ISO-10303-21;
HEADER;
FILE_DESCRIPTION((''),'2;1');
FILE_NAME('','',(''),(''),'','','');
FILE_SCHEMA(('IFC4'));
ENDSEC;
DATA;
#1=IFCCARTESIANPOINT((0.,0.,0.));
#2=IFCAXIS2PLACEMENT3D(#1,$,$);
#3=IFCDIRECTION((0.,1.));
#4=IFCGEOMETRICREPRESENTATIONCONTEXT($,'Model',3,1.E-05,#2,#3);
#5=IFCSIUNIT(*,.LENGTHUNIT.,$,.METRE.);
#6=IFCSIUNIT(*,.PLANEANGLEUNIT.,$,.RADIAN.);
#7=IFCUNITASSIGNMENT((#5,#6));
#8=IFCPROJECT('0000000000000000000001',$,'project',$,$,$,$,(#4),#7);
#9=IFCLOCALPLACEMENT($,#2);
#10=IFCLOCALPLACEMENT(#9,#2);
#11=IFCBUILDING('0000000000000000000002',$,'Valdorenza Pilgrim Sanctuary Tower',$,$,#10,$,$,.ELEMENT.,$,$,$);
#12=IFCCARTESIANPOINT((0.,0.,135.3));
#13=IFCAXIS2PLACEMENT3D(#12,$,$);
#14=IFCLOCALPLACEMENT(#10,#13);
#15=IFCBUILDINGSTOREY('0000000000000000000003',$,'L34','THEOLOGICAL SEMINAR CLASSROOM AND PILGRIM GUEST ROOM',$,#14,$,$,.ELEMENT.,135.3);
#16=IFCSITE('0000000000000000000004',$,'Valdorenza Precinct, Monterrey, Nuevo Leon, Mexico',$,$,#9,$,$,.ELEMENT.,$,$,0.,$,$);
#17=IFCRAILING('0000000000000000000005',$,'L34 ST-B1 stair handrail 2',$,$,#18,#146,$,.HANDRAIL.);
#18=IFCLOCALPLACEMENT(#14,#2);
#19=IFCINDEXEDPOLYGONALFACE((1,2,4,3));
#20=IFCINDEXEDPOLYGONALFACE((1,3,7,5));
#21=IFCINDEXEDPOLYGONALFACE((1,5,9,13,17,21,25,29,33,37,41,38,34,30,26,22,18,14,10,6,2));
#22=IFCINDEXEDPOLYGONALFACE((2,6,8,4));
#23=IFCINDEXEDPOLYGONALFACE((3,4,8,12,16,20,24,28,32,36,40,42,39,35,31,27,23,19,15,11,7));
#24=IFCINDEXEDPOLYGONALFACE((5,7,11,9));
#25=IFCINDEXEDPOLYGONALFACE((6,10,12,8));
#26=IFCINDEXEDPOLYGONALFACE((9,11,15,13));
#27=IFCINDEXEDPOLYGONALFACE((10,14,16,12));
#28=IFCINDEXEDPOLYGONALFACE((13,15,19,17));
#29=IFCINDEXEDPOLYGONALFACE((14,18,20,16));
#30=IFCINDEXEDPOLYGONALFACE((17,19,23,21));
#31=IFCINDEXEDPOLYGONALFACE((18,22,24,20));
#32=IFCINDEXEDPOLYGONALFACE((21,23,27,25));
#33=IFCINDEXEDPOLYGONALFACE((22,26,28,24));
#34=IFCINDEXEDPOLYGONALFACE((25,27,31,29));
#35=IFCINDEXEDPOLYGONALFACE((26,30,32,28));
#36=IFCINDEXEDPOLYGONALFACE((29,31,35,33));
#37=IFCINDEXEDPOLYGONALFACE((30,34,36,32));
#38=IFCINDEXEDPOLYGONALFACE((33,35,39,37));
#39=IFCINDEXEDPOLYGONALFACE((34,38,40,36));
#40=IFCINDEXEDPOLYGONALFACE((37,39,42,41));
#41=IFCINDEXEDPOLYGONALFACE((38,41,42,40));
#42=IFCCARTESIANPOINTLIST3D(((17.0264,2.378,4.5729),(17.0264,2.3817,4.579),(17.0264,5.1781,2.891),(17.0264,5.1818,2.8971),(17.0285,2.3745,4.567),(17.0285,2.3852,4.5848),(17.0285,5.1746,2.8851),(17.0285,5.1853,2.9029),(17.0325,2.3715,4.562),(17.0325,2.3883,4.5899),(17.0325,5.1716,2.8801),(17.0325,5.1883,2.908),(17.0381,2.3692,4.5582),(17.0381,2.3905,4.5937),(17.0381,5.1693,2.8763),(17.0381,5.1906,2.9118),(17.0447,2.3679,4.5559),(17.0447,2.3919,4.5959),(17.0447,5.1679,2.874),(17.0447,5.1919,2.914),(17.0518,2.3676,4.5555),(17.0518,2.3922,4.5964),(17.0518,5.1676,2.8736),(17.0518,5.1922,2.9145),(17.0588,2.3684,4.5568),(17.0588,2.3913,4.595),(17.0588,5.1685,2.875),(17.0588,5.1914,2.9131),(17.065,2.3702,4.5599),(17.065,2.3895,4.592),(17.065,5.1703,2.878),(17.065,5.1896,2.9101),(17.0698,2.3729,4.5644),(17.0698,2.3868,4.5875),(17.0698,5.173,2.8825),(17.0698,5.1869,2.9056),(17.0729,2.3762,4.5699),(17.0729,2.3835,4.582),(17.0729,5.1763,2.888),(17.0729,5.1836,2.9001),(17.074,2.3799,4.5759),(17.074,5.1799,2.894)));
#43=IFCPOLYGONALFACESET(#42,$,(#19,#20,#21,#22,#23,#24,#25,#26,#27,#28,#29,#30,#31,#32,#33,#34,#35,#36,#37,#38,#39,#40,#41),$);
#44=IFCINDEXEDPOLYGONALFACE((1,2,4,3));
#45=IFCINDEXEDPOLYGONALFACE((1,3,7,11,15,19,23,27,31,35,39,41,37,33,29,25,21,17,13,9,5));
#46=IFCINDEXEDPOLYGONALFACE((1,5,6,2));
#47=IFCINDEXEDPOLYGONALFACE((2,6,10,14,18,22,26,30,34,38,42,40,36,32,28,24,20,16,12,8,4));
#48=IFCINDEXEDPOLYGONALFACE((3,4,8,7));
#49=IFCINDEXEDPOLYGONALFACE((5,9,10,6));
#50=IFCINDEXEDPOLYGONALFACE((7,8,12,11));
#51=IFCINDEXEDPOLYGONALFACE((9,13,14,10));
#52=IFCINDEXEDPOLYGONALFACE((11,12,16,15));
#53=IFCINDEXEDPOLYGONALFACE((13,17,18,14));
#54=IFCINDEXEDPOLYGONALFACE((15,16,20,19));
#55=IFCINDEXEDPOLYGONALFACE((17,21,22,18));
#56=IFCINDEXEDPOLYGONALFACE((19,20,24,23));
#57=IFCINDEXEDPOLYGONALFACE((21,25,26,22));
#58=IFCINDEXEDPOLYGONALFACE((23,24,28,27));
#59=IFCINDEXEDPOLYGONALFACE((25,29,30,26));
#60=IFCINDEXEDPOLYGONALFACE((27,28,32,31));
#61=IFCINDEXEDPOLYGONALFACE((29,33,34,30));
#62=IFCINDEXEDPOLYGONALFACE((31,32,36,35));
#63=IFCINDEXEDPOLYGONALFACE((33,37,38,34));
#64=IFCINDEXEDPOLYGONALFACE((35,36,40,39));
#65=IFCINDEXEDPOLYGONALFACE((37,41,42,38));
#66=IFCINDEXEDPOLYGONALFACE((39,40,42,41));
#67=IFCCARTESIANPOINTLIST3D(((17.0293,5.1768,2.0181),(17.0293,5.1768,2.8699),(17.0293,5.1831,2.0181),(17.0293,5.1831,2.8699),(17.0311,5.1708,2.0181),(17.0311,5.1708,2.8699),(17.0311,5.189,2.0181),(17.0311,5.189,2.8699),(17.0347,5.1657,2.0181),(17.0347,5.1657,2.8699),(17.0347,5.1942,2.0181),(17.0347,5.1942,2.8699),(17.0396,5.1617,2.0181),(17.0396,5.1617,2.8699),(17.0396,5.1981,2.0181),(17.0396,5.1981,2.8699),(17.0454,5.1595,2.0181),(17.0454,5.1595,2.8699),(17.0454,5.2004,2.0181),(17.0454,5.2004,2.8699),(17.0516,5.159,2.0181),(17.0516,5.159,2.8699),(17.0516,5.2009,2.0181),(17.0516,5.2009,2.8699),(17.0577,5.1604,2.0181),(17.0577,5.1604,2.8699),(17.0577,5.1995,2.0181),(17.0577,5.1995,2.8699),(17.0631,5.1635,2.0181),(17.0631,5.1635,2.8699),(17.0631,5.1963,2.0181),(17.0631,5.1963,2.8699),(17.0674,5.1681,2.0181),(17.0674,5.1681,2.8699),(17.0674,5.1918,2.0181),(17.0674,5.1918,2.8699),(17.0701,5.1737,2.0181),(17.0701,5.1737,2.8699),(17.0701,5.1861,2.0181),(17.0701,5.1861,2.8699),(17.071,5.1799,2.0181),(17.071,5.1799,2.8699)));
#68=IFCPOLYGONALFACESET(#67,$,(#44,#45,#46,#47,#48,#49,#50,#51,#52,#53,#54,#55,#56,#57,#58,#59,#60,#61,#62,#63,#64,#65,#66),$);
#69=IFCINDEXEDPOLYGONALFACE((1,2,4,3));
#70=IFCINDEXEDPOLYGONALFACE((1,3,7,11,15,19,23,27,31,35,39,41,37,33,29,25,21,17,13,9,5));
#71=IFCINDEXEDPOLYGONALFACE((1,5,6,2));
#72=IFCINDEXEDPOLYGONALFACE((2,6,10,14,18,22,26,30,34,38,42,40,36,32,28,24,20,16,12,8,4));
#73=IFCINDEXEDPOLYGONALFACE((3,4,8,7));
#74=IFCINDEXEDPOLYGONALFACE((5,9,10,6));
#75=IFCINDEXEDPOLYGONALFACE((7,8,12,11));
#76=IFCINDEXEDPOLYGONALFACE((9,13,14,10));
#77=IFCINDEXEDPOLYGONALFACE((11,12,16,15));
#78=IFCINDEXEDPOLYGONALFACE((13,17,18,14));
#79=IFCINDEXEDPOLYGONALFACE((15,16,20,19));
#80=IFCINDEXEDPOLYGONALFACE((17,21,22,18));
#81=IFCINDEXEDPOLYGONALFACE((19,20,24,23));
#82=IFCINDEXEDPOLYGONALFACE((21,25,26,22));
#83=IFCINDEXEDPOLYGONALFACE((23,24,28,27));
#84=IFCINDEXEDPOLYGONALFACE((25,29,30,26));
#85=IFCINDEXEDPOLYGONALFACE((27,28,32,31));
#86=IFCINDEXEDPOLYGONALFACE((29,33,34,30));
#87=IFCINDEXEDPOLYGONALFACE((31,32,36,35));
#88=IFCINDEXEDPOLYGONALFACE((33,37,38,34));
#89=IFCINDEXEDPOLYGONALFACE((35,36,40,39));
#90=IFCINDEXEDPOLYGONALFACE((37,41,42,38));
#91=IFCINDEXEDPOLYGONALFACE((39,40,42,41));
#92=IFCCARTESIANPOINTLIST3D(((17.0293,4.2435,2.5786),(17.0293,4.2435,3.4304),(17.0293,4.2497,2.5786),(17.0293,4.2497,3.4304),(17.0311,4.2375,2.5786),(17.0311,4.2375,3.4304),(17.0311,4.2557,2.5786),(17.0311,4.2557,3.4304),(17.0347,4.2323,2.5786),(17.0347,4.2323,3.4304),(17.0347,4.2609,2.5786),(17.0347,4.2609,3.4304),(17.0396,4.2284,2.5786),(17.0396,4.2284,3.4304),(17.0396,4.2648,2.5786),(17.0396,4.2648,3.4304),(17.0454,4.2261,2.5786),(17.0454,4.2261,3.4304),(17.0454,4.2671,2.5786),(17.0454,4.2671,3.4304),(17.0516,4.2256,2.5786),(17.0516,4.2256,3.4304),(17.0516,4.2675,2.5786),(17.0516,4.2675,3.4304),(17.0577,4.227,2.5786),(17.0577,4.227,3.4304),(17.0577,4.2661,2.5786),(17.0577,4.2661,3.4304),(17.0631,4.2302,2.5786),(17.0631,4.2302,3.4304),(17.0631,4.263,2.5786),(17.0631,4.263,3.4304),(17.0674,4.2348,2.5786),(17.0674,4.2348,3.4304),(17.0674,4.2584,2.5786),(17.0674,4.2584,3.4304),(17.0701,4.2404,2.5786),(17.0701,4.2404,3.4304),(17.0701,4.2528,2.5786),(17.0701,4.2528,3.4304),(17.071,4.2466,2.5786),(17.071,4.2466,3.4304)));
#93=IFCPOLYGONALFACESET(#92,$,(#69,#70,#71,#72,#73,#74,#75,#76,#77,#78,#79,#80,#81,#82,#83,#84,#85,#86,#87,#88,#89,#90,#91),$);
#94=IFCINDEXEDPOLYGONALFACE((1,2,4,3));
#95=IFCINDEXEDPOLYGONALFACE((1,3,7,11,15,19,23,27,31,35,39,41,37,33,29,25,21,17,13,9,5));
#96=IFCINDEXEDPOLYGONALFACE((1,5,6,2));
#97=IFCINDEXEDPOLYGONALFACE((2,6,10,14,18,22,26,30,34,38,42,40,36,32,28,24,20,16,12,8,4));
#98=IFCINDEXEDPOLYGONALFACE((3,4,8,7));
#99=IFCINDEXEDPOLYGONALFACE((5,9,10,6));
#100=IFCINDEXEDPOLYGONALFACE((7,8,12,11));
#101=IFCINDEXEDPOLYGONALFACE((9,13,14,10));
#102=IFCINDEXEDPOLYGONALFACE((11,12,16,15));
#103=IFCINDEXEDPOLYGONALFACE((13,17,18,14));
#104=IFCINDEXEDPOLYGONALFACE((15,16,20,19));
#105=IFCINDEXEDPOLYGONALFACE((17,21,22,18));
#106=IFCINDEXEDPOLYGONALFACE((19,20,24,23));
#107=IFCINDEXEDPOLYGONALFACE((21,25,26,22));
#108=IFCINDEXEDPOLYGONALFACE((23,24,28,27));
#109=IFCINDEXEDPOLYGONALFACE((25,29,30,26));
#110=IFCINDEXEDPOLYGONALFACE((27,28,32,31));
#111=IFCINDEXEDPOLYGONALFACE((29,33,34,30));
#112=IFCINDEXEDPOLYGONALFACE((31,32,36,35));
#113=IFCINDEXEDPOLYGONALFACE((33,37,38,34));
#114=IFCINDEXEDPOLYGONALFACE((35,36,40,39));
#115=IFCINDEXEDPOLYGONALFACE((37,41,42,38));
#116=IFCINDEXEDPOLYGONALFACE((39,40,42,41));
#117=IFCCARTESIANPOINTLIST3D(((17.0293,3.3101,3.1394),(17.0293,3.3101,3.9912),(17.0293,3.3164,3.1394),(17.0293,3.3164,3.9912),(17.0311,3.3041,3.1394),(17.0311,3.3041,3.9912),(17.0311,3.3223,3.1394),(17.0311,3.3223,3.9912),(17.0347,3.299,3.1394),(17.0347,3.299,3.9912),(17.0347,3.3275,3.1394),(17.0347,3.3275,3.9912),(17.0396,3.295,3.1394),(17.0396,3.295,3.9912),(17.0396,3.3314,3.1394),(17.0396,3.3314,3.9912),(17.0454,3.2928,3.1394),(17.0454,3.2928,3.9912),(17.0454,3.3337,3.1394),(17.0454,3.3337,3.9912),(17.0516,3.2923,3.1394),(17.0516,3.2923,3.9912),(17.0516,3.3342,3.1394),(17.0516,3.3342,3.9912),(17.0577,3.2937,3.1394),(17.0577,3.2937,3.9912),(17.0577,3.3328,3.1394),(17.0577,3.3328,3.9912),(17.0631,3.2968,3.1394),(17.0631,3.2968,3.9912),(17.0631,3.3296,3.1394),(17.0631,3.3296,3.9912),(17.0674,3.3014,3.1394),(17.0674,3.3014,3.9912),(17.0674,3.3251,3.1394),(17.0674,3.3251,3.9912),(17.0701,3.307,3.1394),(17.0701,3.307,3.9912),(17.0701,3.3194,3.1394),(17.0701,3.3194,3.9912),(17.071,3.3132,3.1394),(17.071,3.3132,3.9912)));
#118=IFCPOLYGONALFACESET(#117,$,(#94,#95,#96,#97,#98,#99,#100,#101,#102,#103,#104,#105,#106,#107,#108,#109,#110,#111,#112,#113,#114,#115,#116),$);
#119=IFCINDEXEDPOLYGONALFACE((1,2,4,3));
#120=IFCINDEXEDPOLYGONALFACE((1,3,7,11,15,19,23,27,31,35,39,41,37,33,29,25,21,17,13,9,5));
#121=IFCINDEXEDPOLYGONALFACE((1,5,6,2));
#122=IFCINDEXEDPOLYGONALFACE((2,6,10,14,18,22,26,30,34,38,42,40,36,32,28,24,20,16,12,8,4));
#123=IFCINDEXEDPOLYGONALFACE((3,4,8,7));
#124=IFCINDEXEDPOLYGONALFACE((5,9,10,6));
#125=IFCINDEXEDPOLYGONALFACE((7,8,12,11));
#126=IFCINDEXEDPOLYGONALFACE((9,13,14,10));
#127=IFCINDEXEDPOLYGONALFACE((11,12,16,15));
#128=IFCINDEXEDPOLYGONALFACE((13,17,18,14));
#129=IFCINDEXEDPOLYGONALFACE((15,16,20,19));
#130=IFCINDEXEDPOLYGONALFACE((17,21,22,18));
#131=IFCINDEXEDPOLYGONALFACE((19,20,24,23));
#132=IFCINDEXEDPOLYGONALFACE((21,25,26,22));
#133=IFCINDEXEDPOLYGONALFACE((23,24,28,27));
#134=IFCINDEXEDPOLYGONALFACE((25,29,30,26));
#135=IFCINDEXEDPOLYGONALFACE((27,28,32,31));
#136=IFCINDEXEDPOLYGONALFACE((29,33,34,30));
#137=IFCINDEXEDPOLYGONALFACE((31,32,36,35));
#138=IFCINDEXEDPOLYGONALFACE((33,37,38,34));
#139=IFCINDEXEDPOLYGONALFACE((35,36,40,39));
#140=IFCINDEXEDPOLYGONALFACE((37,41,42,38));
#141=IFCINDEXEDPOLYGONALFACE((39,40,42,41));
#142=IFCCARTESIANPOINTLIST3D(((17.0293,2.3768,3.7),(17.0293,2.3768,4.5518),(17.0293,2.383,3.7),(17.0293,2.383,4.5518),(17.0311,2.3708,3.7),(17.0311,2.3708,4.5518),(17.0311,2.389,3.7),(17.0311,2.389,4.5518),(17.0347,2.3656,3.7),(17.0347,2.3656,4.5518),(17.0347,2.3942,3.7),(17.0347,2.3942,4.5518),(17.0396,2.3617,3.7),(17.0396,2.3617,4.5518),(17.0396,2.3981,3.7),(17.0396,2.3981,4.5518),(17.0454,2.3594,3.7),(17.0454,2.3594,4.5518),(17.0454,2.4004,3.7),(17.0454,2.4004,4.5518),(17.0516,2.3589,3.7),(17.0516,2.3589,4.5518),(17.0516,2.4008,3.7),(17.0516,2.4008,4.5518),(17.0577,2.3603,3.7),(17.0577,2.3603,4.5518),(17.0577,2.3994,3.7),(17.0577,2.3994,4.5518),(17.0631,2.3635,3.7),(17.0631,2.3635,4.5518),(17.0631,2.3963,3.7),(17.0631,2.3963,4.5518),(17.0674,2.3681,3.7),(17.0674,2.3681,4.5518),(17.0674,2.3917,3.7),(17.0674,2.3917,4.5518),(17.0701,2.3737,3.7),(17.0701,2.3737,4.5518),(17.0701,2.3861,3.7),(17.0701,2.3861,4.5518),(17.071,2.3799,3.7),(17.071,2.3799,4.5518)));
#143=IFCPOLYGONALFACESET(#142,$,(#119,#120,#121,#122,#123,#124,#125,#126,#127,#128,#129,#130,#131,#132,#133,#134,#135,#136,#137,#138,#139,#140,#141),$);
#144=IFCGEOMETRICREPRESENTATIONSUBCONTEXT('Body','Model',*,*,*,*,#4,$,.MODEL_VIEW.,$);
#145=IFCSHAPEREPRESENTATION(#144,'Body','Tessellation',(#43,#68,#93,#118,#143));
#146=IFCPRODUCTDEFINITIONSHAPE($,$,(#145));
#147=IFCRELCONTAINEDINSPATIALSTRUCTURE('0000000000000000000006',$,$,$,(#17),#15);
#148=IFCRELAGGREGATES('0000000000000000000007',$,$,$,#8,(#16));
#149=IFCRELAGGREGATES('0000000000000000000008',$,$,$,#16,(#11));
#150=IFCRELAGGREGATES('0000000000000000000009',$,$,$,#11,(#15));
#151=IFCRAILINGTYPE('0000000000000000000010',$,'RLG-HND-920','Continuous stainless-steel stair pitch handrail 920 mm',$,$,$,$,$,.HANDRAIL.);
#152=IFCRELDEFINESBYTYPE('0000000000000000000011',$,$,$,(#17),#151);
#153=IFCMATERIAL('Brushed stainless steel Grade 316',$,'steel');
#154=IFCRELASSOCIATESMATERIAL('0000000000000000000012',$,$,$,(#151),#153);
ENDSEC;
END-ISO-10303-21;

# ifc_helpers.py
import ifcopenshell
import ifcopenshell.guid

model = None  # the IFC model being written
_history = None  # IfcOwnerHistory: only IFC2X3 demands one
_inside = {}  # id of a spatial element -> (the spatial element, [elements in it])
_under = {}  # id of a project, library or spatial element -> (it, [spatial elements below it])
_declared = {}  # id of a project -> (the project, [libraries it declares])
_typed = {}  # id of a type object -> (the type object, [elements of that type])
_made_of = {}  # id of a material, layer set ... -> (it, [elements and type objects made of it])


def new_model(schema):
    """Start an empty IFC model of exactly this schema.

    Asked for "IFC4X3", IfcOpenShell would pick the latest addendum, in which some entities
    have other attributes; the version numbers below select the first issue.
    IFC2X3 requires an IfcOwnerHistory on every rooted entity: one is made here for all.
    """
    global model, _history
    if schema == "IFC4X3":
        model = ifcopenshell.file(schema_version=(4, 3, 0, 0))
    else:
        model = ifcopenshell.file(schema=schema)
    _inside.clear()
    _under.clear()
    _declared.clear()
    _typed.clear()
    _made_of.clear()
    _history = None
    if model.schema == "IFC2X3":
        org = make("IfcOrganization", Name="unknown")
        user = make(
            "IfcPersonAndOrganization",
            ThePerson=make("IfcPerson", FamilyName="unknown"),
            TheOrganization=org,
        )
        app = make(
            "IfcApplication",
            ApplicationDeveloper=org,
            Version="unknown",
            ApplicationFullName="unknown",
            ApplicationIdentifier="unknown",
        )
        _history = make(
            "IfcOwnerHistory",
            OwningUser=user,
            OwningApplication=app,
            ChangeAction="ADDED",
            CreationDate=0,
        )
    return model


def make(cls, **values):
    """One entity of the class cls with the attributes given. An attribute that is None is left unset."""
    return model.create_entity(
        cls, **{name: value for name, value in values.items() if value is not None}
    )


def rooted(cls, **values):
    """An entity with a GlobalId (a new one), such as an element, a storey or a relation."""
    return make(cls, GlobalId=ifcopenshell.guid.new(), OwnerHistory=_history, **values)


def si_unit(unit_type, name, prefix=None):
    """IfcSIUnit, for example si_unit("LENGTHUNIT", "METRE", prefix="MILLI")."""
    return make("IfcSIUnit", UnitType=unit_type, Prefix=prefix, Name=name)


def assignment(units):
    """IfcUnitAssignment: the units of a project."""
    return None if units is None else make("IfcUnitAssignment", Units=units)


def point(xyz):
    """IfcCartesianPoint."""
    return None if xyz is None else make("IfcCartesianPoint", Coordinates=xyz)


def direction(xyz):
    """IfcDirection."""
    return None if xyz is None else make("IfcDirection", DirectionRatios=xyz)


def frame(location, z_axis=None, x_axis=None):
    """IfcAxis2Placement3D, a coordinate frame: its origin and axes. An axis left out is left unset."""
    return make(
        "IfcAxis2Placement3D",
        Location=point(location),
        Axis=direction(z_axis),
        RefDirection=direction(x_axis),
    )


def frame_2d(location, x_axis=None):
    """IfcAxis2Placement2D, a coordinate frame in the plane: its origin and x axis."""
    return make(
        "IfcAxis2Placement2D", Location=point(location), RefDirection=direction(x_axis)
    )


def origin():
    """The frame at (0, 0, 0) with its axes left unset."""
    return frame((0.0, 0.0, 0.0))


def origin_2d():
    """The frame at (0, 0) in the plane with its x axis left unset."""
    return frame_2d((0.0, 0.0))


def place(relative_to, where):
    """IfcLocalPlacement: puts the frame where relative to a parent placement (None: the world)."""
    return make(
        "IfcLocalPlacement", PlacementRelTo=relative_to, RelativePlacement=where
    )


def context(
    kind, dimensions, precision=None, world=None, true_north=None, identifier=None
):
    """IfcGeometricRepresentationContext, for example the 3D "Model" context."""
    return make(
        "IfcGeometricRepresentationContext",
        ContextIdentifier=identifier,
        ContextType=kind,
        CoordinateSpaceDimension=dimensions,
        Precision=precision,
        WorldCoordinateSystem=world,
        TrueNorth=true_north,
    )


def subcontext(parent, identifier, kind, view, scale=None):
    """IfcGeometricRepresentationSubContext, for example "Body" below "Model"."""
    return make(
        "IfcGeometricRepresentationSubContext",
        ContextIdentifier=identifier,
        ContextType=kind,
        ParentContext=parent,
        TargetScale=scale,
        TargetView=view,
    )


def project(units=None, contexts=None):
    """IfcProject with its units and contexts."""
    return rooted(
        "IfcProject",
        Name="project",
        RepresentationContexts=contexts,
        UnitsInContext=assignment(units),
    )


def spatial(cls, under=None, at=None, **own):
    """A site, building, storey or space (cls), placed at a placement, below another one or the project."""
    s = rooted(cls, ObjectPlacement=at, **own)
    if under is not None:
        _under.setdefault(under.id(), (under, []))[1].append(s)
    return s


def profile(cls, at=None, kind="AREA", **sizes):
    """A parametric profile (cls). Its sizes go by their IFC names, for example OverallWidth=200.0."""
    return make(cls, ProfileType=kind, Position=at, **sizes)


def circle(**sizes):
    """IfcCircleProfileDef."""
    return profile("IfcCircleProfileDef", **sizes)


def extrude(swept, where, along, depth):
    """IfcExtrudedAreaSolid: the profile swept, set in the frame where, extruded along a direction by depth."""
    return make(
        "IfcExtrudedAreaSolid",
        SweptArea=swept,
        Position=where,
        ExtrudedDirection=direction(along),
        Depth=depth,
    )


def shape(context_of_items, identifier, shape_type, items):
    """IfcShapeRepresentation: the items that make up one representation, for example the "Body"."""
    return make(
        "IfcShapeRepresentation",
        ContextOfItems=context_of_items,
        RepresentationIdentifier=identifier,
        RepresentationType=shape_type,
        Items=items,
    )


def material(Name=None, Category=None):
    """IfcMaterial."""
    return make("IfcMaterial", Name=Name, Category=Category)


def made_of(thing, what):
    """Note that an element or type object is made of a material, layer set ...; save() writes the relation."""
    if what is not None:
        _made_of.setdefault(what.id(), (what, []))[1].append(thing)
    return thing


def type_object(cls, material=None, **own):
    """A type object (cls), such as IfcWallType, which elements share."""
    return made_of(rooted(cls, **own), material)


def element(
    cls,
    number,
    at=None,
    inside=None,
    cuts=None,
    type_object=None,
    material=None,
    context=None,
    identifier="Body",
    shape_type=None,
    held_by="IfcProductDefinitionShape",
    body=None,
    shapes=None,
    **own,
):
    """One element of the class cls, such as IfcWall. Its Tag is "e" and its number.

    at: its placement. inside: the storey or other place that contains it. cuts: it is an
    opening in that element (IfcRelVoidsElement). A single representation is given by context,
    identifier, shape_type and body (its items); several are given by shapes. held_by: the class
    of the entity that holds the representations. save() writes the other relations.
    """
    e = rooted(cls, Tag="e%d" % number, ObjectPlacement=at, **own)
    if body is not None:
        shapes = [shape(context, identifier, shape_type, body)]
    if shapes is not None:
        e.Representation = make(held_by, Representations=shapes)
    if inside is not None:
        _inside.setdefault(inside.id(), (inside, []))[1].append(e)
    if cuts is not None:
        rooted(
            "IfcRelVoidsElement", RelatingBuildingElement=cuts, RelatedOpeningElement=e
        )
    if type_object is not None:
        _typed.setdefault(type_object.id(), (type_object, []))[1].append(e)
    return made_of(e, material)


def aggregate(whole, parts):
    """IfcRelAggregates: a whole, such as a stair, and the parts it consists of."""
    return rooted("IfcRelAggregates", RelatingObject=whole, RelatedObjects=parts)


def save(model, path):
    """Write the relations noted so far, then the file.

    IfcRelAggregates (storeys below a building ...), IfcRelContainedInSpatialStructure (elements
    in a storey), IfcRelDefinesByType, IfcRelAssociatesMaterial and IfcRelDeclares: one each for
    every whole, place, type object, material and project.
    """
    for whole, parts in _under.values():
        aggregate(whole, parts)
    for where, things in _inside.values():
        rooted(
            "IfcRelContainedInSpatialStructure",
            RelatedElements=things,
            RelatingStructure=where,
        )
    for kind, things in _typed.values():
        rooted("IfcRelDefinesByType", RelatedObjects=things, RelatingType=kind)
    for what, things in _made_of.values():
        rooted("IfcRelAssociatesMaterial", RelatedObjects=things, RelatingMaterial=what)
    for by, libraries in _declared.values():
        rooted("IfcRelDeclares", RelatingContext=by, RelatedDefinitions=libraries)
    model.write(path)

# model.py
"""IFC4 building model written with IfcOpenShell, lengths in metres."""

from ifc_helpers import new_model, si_unit, direction, frame, origin, origin_2d, place, context, subcontext, project, spatial, circle, extrude, material, type_object, element, save


model = new_model("IFC4")

# Units and contexts
model_context = context("Model", 3, precision=1e-05, world=origin(), true_north=direction((0.0, 1.0)))
body_context = subcontext(model_context, "Body", "Model", "MODEL_VIEW")
ifc_project = project(units=[si_unit("LENGTHUNIT", "METRE"), si_unit("PLANEANGLEUNIT", "RADIAN")], contexts=[model_context])

# Site, building, storey
site_placement = place(None, origin())
site = spatial("IfcSite", under=ifc_project, at=site_placement, Name="Valdorenza Precinct, Monterrey, Nuevo Leon, Mexico", CompositionType="ELEMENT", RefElevation=0.0)
building_placement = place(site_placement, origin())
building = spatial("IfcBuilding", under=site, at=building_placement, Name="Valdorenza Pilgrim Sanctuary Tower", CompositionType="ELEMENT")
storey_placement = place(building_placement, frame((0.0, 0.0, 135.3)))
storey = spatial("IfcBuildingStorey", under=building, at=storey_placement, Name="L34", Description="THEOLOGICAL SEMINAR CLASSROOM AND PILGRIM GUEST ROOM", CompositionType="ELEMENT", Elevation=135.3)

# Shared definitions
ifc_material_1 = material(Name="Brushed stainless steel Grade 316", Category="steel")

# Railing
railing_type_1 = type_object("IfcRailingType", Name="RLG-HND-920", Description="Continuous stainless-steel stair pitch handrail 920 mm", PredefinedType="HANDRAIL", material=ifc_material_1)
railing_1_placement = place(storey_placement, frame((17.05, 5.1799, 2.0181)))
element("IfcRailing", 1, at=railing_1_placement, inside=storey, type_object=railing_type_1, Name="L34 ST-B1 stair handrail 2", PredefinedType="HANDRAIL", context=body_context, shape_type="SweptSolid", body=[
    extrude(circle(Radius=0.0239, at=origin_2d()), frame((0.0, 0.0, 0.876), z_axis=(0.0, -0.857242, 0.514913), x_axis=(1.0, 0.0, 0.0)), (0.0, 0.0, 1.0), 3.2664),
    extrude(circle(Radius=0.021, at=origin_2d()), origin(), (0.0, 0.0, 1.0), 0.8518),
    extrude(circle(Radius=0.021, at=origin_2d()), frame((0.0, -0.9333, 0.5605)), (0.0, 0.0, 1.0), 0.8518),
    extrude(circle(Radius=0.021, at=origin_2d()), frame((0.0, -1.8667, 1.1213)), (0.0, 0.0, 1.0), 0.8518),
    extrude(circle(Radius=0.021, at=origin_2d()), frame((0.0, -2.8, 1.6819)), (0.0, 0.0, 1.0), 0.8518),
])

save(model, "model.ifc")
